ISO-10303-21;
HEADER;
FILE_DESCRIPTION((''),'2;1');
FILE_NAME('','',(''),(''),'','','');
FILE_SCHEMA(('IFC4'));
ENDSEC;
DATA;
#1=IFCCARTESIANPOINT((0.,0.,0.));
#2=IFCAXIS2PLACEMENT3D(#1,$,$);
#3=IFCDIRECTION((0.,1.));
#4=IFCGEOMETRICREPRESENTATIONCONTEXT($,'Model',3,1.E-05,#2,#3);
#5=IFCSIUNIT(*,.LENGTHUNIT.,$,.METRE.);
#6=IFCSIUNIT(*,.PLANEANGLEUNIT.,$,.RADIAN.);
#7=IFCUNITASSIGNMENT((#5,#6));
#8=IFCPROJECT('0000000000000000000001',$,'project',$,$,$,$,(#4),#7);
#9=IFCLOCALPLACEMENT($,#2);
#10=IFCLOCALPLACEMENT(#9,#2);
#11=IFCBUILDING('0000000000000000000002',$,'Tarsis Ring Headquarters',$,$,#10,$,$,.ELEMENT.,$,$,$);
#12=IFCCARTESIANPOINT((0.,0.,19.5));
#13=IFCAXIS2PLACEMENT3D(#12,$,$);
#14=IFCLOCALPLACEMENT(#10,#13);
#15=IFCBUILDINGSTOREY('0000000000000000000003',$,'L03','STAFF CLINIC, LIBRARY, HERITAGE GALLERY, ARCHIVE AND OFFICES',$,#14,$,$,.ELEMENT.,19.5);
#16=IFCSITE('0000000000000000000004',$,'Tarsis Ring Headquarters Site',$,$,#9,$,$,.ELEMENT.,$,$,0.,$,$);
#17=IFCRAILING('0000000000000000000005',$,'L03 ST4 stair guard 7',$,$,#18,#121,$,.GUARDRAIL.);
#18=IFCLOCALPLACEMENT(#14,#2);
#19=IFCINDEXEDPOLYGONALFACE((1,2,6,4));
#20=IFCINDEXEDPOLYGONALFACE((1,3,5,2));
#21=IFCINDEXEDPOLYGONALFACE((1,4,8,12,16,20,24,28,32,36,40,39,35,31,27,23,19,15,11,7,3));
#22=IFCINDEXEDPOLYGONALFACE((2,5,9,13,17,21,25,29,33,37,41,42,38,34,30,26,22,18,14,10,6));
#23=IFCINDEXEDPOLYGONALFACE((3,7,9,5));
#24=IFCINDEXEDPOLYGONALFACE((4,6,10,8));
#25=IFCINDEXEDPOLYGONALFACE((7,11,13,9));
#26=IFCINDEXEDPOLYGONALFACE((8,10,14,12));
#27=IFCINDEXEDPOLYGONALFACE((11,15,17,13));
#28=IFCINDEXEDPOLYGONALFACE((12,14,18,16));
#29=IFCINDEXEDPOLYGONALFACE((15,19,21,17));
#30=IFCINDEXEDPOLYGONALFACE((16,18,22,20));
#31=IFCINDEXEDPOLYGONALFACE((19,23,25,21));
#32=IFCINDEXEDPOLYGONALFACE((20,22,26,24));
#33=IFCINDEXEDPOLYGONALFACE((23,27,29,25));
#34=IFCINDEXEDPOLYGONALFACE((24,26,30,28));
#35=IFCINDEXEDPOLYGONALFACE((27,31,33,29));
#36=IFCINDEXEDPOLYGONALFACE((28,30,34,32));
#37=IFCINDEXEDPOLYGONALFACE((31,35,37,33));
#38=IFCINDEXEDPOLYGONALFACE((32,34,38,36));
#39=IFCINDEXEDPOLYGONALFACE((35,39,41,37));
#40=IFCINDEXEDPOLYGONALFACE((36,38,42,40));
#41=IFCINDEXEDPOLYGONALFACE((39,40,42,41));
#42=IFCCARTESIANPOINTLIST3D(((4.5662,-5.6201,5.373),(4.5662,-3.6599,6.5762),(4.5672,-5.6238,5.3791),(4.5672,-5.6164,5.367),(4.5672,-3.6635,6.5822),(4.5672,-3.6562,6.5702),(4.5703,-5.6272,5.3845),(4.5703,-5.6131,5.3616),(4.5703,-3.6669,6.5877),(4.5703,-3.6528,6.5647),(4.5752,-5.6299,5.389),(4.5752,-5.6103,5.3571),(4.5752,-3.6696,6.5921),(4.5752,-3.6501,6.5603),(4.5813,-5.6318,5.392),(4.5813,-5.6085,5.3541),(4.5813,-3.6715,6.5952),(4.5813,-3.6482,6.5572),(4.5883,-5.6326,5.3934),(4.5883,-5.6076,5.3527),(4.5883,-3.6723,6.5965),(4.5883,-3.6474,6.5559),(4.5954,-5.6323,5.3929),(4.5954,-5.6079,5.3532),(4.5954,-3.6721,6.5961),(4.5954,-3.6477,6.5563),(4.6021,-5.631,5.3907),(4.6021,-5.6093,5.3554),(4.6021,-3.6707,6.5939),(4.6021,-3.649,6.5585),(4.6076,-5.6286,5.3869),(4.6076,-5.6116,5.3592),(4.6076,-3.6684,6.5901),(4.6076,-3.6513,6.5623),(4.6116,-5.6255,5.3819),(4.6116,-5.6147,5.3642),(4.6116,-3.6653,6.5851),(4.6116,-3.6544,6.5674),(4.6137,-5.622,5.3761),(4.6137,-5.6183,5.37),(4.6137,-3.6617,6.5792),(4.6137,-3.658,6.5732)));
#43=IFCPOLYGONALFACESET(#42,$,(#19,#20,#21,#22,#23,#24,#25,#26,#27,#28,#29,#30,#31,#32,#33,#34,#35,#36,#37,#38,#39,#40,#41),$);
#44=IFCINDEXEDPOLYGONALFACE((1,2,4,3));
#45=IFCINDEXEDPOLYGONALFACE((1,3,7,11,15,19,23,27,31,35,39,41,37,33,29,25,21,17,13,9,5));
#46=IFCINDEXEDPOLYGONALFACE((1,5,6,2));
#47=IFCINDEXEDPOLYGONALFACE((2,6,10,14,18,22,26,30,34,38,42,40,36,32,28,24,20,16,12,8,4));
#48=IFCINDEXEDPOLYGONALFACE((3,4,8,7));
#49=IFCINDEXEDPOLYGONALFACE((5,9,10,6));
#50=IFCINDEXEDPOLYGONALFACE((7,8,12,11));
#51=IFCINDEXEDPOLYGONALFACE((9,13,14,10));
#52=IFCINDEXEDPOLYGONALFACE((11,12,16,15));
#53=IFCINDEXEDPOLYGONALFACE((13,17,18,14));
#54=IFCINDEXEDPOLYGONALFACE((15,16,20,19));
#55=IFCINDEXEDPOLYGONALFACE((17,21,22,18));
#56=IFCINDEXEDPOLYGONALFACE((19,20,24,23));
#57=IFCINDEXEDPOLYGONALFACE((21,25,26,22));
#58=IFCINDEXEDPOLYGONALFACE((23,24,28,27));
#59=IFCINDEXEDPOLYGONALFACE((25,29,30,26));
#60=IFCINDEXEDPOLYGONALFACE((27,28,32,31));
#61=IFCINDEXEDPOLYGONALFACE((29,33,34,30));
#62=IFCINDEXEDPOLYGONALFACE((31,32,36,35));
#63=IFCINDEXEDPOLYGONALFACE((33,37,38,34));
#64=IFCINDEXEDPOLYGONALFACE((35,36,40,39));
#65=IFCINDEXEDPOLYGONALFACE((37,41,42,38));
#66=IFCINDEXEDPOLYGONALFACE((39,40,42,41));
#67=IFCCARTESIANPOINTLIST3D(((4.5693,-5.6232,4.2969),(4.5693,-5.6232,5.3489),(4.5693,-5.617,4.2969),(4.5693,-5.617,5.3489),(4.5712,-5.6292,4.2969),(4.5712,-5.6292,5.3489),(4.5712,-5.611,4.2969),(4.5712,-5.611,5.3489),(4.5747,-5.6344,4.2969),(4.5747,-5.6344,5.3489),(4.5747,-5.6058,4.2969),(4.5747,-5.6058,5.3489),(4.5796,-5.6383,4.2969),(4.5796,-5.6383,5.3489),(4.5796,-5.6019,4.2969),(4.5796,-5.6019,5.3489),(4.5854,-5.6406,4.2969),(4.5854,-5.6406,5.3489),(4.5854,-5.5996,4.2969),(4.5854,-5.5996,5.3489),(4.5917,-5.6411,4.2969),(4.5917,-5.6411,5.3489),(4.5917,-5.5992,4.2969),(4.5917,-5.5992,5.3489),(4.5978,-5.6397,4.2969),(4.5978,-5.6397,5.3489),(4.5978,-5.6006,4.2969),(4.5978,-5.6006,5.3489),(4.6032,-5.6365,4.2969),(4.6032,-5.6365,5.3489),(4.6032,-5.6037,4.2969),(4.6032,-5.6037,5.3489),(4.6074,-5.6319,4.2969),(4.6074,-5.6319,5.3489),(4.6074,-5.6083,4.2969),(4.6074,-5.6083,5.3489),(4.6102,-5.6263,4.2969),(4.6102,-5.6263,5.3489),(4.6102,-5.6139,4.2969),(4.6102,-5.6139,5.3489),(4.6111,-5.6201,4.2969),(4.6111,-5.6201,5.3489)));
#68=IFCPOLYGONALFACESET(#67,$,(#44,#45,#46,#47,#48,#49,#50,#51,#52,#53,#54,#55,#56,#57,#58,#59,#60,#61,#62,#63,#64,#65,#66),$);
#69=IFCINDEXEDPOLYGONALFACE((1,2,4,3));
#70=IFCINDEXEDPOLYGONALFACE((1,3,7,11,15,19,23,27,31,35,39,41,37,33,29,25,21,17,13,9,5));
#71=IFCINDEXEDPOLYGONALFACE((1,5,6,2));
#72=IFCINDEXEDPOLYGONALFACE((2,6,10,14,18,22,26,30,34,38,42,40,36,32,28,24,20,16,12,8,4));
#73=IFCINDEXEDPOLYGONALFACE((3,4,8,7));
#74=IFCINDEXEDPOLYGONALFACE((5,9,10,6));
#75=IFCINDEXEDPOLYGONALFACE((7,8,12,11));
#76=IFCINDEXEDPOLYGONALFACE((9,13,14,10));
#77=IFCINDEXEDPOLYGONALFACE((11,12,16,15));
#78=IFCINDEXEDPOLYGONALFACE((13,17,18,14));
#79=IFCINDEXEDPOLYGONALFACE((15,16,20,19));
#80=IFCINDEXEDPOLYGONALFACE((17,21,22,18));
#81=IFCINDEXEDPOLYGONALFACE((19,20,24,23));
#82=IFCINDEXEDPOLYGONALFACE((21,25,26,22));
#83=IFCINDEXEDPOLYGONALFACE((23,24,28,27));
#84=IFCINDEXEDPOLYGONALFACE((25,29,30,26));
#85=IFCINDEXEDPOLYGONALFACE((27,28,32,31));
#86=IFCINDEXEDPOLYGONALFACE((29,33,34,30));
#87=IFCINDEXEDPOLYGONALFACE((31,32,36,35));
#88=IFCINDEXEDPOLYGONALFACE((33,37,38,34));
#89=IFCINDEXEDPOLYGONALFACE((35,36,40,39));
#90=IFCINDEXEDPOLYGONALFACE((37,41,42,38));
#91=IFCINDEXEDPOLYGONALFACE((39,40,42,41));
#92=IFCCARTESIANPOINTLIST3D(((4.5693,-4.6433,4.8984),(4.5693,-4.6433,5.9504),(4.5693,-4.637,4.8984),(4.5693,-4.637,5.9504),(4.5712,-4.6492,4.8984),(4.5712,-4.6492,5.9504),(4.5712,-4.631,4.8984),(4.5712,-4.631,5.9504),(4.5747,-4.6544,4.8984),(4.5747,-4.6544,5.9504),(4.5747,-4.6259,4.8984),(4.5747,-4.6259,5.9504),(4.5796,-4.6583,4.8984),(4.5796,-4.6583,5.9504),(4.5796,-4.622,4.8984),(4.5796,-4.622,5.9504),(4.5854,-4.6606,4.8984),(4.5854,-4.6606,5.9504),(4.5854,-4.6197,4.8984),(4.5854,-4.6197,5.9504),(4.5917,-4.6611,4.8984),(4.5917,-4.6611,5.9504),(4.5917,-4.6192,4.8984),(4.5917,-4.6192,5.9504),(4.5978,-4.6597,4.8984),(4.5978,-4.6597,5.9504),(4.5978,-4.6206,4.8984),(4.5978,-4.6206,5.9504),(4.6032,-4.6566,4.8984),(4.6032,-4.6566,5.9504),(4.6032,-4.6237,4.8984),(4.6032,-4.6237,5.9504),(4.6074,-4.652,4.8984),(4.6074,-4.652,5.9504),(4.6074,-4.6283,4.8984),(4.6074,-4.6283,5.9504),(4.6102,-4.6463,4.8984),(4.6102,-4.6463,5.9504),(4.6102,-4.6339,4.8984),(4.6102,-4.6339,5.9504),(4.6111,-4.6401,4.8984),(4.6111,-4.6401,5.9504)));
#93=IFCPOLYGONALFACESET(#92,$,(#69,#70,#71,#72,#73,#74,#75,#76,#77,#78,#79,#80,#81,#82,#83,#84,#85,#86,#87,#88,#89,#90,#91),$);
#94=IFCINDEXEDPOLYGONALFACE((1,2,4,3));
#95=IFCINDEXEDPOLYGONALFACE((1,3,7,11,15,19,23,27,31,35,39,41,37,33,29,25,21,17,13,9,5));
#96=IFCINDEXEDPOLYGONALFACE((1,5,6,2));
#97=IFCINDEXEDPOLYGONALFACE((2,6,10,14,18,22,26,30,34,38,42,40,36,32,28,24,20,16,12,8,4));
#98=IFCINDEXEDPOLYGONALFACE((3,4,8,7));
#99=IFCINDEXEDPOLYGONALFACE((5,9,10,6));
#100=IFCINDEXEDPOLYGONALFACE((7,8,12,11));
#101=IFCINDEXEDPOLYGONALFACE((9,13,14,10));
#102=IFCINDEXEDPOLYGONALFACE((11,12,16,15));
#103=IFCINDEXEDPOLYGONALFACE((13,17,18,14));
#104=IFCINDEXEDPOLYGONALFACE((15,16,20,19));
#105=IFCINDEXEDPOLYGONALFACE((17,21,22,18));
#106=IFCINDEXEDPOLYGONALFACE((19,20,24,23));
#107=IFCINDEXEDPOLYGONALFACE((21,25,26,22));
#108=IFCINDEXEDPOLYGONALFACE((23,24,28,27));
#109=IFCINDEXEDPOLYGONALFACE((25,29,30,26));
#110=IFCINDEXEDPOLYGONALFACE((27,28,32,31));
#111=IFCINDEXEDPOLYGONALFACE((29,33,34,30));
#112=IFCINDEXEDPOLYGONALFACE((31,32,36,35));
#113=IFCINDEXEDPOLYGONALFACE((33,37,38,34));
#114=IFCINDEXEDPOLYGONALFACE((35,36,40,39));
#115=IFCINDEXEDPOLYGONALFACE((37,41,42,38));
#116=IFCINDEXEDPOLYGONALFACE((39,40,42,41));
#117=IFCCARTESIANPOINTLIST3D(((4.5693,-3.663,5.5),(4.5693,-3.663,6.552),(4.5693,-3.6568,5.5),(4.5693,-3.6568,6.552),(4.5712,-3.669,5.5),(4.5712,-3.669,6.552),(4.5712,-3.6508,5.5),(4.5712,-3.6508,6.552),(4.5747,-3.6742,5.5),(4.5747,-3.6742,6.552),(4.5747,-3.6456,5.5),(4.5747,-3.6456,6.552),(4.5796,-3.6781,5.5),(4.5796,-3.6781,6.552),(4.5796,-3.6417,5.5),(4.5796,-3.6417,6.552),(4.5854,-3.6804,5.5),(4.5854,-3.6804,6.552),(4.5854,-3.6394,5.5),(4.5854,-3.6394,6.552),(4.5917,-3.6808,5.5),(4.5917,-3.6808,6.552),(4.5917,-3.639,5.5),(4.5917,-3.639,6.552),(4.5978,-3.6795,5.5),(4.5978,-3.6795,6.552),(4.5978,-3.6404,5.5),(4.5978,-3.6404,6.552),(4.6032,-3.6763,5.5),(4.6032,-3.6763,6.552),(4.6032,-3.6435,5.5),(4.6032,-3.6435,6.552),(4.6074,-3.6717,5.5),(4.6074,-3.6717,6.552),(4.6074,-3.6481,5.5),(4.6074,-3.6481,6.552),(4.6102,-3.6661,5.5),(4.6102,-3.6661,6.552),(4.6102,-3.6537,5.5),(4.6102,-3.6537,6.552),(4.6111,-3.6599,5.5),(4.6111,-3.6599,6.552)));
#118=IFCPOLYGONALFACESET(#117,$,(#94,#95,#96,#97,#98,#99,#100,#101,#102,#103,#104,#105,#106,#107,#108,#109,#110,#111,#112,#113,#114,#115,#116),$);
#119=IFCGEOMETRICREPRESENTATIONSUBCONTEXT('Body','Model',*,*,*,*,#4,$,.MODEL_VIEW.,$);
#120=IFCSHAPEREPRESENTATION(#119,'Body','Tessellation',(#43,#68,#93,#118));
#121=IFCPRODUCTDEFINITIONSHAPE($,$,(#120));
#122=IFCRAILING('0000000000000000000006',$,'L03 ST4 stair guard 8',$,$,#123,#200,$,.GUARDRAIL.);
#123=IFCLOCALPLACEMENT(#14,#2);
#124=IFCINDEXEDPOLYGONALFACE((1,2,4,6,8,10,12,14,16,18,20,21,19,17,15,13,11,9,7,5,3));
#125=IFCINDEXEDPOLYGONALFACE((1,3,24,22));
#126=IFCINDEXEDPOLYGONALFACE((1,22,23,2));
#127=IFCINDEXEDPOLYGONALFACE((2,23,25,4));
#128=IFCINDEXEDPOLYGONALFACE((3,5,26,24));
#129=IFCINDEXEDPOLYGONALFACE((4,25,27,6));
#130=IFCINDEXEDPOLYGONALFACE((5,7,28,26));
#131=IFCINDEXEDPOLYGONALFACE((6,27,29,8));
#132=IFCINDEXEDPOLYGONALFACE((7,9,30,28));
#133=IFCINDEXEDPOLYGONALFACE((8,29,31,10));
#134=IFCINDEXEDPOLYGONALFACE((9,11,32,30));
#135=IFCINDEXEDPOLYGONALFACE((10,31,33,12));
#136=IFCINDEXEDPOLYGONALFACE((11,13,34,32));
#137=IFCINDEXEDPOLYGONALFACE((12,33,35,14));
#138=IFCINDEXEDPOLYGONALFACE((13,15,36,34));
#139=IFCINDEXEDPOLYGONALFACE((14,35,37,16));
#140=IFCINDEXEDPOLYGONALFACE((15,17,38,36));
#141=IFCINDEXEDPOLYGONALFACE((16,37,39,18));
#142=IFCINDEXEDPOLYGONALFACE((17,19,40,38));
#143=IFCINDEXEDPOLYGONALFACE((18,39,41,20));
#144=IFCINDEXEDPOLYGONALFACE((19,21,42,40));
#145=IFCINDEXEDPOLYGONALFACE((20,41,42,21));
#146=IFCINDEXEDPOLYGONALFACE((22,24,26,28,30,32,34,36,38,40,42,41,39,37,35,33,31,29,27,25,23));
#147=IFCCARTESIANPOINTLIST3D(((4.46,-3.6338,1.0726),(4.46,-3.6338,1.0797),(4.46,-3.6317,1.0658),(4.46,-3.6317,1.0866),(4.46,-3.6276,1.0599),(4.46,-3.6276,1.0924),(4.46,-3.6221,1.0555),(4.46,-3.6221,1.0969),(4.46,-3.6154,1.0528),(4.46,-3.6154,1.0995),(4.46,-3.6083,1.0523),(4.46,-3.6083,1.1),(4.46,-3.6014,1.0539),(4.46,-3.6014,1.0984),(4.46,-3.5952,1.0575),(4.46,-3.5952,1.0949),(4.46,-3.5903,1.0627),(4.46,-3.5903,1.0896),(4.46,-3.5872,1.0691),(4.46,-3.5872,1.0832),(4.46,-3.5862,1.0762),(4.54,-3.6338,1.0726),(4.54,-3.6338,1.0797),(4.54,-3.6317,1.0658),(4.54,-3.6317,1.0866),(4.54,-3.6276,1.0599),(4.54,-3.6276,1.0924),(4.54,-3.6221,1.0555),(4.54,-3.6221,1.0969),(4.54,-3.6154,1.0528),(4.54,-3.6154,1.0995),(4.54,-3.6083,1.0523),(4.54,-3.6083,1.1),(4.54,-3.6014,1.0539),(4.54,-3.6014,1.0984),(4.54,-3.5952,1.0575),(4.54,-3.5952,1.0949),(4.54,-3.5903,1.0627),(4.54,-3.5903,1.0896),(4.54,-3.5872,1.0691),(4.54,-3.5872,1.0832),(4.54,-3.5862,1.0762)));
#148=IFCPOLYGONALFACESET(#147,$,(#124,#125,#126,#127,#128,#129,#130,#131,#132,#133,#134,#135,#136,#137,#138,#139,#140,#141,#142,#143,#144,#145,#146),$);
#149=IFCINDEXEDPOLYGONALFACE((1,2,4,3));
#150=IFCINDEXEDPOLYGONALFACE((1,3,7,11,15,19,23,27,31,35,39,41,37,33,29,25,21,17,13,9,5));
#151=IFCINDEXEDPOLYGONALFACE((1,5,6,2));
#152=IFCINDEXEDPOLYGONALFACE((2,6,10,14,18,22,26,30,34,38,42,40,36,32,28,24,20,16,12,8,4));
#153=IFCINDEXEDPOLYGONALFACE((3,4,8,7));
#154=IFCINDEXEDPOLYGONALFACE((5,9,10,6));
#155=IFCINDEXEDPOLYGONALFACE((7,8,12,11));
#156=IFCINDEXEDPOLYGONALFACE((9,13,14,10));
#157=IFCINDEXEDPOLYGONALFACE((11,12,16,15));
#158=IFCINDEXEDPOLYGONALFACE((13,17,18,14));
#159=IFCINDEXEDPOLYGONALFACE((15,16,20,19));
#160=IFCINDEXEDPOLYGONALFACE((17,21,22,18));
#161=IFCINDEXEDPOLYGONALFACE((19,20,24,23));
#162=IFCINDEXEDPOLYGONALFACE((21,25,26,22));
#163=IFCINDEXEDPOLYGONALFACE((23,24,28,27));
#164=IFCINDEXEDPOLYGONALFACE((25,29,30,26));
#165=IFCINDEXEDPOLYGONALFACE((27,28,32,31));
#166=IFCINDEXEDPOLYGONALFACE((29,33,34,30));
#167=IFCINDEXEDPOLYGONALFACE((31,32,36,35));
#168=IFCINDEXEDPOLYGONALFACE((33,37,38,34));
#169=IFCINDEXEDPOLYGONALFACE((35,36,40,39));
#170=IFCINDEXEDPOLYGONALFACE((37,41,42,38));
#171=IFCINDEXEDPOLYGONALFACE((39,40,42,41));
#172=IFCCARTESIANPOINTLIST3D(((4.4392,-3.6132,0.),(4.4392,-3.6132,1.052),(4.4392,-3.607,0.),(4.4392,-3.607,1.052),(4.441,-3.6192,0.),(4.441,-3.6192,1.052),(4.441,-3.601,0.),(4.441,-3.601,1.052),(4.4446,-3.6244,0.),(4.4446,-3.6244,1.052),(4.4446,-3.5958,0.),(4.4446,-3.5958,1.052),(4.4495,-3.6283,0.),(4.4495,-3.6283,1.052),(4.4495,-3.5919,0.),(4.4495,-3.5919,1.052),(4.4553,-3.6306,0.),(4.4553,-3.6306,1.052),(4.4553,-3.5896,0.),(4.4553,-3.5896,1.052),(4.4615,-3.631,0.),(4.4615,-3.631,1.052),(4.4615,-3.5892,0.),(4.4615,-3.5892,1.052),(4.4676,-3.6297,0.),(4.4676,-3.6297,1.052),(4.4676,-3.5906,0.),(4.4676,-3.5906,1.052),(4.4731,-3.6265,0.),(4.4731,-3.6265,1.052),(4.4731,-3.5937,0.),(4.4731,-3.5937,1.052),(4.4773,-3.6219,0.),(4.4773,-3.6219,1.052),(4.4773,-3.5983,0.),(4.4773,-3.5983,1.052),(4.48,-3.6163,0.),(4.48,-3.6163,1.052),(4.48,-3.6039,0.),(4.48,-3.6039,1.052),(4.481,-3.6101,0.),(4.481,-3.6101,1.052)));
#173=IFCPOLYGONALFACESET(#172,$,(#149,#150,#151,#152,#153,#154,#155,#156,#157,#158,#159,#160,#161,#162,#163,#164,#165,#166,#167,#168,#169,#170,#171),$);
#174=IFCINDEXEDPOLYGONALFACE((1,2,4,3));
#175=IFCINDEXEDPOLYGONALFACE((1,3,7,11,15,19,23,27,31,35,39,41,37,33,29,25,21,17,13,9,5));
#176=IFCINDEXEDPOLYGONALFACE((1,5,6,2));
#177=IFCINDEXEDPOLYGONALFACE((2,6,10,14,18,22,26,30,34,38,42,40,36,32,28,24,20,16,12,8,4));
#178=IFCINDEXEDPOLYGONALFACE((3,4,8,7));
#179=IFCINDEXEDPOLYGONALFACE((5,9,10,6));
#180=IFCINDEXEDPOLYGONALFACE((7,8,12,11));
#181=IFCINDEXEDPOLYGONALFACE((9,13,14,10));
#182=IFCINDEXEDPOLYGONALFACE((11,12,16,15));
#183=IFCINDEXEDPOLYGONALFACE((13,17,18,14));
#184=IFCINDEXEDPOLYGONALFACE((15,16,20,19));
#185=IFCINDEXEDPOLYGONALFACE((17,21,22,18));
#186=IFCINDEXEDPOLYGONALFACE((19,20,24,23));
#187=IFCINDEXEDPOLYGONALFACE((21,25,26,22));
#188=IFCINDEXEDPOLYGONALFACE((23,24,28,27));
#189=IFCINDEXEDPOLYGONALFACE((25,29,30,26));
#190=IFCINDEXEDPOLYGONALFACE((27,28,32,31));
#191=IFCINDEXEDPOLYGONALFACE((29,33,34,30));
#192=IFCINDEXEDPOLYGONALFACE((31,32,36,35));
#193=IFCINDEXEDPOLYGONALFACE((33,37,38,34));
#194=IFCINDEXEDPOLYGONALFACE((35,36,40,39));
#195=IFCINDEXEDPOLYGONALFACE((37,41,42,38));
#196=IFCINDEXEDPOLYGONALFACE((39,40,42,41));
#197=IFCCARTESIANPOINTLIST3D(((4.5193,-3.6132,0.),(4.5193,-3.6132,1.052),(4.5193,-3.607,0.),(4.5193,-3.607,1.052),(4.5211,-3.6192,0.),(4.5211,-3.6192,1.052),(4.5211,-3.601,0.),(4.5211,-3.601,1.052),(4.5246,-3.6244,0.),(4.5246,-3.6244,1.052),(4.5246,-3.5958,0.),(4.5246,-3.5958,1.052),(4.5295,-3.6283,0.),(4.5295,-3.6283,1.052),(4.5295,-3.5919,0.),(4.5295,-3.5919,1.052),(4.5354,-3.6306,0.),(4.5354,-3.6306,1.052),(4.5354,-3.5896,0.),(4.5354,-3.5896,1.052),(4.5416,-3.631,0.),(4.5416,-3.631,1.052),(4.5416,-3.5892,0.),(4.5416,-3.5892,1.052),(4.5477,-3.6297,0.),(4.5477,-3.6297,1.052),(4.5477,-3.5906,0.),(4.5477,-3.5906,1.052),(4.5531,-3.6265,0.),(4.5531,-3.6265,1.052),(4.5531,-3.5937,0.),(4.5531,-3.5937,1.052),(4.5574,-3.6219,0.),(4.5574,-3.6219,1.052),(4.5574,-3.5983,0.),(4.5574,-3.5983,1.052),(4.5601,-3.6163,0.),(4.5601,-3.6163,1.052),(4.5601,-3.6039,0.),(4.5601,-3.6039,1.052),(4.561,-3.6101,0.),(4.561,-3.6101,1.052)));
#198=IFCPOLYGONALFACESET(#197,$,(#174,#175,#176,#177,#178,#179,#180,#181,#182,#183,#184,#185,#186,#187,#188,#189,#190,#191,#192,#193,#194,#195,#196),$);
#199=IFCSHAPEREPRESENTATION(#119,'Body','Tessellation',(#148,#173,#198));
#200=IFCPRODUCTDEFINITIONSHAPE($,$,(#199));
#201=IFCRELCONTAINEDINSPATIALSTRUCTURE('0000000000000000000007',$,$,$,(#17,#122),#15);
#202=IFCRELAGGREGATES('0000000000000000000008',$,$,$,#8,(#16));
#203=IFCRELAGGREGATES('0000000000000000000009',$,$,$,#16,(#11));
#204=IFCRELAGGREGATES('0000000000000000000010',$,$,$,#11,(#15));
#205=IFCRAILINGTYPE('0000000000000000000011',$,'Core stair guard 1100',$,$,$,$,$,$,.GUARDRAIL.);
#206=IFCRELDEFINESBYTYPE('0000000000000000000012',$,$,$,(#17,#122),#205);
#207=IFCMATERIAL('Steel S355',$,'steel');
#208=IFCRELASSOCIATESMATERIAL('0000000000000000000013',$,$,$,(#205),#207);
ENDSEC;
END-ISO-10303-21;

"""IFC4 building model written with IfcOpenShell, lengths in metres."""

from ifc_helpers import new_model, si_unit, direction, frame, origin, origin_2d, place, context, subcontext, project, spatial, circle, extrude, material, type_object, element, save


model = new_model("IFC4")

# Units and contexts
model_context = context("Model", 3, precision=1e-05, world=origin(), true_north=direction((0.0, 1.0)))
body_context = subcontext(model_context, "Body", "Model", "MODEL_VIEW")
ifc_project = project(units=[si_unit("LENGTHUNIT", "METRE"), si_unit("PLANEANGLEUNIT", "RADIAN")], contexts=[model_context])

# Site, building, storey
site_placement = place(None, origin())
site = spatial("IfcSite", under=ifc_project, at=site_placement, Name="Tarsis Ring Headquarters Site", CompositionType="ELEMENT", RefElevation=0.0)
building_placement = place(site_placement, origin())
building = spatial("IfcBuilding", under=site, at=building_placement, Name="Tarsis Ring Headquarters", CompositionType="ELEMENT")
storey_placement = place(building_placement, frame((0.0, 0.0, 19.5)))
storey = spatial("IfcBuildingStorey", under=building, at=storey_placement, Name="L03", Description="STAFF CLINIC, LIBRARY, HERITAGE GALLERY, ARCHIVE AND OFFICES", CompositionType="ELEMENT", Elevation=19.5)

# Railings
ifc_material_1 = material(Name="Steel S355", Category="steel")
railing_type_1 = type_object("IfcRailingType", Name="Core stair guard 1100", PredefinedType="GUARDRAIL", material=ifc_material_1)
railing_1_placement = place(storey_placement, frame((4.5901, -5.6201, 4.2969)))
element("IfcRailing", 1, at=railing_1_placement, inside=storey, type_object=railing_type_1, Name="L03 ST4 stair guard 7", PredefinedType="GUARDRAIL", context=body_context, shape_type="SweptSolid", body=[
    extrude(circle(Radius=0.0239, at=origin_2d()), frame((0.0, 0.0, 1.0762), z_axis=(0.0, 0.85227, 0.523102), x_axis=(-1.0, 0.0, 0.0)), (0.0, 0.0, 1.0), 2.3),
    extrude(circle(Radius=0.021, at=origin_2d()), origin(), (0.0, 0.0, 1.0), 1.052),
    extrude(circle(Radius=0.021, at=origin_2d()), frame((0.0, 0.98, 0.6016)), (0.0, 0.0, 1.0), 1.052),
    extrude(circle(Radius=0.021, at=origin_2d()), frame((0.0, 1.9602, 1.2031)), (0.0, 0.0, 1.0), 1.052),
])
railing_2_placement = place(storey_placement, frame((4.46, -3.6101, 0.0)))
element("IfcRailing", 2, at=railing_2_placement, inside=storey, type_object=railing_type_1, Name="L03 ST4 stair guard 8", PredefinedType="GUARDRAIL", context=body_context, shape_type="SweptSolid", body=[
    extrude(circle(Radius=0.0239, at=origin_2d()), frame((0.0, 0.0, 1.0762), z_axis=(1.0, 0.0, 0.0), x_axis=(0.0, 1.0, 0.0)), (0.0, 0.0, 1.0), 0.0801),
    extrude(circle(Radius=0.021, at=origin_2d()), origin(), (0.0, 0.0, 1.0), 1.052),
    extrude(circle(Radius=0.021, at=origin_2d()), frame((0.0801, 0.0, 0.0)), (0.0, 0.0, 1.0), 1.052),
])

save(model, "model.ifc")
